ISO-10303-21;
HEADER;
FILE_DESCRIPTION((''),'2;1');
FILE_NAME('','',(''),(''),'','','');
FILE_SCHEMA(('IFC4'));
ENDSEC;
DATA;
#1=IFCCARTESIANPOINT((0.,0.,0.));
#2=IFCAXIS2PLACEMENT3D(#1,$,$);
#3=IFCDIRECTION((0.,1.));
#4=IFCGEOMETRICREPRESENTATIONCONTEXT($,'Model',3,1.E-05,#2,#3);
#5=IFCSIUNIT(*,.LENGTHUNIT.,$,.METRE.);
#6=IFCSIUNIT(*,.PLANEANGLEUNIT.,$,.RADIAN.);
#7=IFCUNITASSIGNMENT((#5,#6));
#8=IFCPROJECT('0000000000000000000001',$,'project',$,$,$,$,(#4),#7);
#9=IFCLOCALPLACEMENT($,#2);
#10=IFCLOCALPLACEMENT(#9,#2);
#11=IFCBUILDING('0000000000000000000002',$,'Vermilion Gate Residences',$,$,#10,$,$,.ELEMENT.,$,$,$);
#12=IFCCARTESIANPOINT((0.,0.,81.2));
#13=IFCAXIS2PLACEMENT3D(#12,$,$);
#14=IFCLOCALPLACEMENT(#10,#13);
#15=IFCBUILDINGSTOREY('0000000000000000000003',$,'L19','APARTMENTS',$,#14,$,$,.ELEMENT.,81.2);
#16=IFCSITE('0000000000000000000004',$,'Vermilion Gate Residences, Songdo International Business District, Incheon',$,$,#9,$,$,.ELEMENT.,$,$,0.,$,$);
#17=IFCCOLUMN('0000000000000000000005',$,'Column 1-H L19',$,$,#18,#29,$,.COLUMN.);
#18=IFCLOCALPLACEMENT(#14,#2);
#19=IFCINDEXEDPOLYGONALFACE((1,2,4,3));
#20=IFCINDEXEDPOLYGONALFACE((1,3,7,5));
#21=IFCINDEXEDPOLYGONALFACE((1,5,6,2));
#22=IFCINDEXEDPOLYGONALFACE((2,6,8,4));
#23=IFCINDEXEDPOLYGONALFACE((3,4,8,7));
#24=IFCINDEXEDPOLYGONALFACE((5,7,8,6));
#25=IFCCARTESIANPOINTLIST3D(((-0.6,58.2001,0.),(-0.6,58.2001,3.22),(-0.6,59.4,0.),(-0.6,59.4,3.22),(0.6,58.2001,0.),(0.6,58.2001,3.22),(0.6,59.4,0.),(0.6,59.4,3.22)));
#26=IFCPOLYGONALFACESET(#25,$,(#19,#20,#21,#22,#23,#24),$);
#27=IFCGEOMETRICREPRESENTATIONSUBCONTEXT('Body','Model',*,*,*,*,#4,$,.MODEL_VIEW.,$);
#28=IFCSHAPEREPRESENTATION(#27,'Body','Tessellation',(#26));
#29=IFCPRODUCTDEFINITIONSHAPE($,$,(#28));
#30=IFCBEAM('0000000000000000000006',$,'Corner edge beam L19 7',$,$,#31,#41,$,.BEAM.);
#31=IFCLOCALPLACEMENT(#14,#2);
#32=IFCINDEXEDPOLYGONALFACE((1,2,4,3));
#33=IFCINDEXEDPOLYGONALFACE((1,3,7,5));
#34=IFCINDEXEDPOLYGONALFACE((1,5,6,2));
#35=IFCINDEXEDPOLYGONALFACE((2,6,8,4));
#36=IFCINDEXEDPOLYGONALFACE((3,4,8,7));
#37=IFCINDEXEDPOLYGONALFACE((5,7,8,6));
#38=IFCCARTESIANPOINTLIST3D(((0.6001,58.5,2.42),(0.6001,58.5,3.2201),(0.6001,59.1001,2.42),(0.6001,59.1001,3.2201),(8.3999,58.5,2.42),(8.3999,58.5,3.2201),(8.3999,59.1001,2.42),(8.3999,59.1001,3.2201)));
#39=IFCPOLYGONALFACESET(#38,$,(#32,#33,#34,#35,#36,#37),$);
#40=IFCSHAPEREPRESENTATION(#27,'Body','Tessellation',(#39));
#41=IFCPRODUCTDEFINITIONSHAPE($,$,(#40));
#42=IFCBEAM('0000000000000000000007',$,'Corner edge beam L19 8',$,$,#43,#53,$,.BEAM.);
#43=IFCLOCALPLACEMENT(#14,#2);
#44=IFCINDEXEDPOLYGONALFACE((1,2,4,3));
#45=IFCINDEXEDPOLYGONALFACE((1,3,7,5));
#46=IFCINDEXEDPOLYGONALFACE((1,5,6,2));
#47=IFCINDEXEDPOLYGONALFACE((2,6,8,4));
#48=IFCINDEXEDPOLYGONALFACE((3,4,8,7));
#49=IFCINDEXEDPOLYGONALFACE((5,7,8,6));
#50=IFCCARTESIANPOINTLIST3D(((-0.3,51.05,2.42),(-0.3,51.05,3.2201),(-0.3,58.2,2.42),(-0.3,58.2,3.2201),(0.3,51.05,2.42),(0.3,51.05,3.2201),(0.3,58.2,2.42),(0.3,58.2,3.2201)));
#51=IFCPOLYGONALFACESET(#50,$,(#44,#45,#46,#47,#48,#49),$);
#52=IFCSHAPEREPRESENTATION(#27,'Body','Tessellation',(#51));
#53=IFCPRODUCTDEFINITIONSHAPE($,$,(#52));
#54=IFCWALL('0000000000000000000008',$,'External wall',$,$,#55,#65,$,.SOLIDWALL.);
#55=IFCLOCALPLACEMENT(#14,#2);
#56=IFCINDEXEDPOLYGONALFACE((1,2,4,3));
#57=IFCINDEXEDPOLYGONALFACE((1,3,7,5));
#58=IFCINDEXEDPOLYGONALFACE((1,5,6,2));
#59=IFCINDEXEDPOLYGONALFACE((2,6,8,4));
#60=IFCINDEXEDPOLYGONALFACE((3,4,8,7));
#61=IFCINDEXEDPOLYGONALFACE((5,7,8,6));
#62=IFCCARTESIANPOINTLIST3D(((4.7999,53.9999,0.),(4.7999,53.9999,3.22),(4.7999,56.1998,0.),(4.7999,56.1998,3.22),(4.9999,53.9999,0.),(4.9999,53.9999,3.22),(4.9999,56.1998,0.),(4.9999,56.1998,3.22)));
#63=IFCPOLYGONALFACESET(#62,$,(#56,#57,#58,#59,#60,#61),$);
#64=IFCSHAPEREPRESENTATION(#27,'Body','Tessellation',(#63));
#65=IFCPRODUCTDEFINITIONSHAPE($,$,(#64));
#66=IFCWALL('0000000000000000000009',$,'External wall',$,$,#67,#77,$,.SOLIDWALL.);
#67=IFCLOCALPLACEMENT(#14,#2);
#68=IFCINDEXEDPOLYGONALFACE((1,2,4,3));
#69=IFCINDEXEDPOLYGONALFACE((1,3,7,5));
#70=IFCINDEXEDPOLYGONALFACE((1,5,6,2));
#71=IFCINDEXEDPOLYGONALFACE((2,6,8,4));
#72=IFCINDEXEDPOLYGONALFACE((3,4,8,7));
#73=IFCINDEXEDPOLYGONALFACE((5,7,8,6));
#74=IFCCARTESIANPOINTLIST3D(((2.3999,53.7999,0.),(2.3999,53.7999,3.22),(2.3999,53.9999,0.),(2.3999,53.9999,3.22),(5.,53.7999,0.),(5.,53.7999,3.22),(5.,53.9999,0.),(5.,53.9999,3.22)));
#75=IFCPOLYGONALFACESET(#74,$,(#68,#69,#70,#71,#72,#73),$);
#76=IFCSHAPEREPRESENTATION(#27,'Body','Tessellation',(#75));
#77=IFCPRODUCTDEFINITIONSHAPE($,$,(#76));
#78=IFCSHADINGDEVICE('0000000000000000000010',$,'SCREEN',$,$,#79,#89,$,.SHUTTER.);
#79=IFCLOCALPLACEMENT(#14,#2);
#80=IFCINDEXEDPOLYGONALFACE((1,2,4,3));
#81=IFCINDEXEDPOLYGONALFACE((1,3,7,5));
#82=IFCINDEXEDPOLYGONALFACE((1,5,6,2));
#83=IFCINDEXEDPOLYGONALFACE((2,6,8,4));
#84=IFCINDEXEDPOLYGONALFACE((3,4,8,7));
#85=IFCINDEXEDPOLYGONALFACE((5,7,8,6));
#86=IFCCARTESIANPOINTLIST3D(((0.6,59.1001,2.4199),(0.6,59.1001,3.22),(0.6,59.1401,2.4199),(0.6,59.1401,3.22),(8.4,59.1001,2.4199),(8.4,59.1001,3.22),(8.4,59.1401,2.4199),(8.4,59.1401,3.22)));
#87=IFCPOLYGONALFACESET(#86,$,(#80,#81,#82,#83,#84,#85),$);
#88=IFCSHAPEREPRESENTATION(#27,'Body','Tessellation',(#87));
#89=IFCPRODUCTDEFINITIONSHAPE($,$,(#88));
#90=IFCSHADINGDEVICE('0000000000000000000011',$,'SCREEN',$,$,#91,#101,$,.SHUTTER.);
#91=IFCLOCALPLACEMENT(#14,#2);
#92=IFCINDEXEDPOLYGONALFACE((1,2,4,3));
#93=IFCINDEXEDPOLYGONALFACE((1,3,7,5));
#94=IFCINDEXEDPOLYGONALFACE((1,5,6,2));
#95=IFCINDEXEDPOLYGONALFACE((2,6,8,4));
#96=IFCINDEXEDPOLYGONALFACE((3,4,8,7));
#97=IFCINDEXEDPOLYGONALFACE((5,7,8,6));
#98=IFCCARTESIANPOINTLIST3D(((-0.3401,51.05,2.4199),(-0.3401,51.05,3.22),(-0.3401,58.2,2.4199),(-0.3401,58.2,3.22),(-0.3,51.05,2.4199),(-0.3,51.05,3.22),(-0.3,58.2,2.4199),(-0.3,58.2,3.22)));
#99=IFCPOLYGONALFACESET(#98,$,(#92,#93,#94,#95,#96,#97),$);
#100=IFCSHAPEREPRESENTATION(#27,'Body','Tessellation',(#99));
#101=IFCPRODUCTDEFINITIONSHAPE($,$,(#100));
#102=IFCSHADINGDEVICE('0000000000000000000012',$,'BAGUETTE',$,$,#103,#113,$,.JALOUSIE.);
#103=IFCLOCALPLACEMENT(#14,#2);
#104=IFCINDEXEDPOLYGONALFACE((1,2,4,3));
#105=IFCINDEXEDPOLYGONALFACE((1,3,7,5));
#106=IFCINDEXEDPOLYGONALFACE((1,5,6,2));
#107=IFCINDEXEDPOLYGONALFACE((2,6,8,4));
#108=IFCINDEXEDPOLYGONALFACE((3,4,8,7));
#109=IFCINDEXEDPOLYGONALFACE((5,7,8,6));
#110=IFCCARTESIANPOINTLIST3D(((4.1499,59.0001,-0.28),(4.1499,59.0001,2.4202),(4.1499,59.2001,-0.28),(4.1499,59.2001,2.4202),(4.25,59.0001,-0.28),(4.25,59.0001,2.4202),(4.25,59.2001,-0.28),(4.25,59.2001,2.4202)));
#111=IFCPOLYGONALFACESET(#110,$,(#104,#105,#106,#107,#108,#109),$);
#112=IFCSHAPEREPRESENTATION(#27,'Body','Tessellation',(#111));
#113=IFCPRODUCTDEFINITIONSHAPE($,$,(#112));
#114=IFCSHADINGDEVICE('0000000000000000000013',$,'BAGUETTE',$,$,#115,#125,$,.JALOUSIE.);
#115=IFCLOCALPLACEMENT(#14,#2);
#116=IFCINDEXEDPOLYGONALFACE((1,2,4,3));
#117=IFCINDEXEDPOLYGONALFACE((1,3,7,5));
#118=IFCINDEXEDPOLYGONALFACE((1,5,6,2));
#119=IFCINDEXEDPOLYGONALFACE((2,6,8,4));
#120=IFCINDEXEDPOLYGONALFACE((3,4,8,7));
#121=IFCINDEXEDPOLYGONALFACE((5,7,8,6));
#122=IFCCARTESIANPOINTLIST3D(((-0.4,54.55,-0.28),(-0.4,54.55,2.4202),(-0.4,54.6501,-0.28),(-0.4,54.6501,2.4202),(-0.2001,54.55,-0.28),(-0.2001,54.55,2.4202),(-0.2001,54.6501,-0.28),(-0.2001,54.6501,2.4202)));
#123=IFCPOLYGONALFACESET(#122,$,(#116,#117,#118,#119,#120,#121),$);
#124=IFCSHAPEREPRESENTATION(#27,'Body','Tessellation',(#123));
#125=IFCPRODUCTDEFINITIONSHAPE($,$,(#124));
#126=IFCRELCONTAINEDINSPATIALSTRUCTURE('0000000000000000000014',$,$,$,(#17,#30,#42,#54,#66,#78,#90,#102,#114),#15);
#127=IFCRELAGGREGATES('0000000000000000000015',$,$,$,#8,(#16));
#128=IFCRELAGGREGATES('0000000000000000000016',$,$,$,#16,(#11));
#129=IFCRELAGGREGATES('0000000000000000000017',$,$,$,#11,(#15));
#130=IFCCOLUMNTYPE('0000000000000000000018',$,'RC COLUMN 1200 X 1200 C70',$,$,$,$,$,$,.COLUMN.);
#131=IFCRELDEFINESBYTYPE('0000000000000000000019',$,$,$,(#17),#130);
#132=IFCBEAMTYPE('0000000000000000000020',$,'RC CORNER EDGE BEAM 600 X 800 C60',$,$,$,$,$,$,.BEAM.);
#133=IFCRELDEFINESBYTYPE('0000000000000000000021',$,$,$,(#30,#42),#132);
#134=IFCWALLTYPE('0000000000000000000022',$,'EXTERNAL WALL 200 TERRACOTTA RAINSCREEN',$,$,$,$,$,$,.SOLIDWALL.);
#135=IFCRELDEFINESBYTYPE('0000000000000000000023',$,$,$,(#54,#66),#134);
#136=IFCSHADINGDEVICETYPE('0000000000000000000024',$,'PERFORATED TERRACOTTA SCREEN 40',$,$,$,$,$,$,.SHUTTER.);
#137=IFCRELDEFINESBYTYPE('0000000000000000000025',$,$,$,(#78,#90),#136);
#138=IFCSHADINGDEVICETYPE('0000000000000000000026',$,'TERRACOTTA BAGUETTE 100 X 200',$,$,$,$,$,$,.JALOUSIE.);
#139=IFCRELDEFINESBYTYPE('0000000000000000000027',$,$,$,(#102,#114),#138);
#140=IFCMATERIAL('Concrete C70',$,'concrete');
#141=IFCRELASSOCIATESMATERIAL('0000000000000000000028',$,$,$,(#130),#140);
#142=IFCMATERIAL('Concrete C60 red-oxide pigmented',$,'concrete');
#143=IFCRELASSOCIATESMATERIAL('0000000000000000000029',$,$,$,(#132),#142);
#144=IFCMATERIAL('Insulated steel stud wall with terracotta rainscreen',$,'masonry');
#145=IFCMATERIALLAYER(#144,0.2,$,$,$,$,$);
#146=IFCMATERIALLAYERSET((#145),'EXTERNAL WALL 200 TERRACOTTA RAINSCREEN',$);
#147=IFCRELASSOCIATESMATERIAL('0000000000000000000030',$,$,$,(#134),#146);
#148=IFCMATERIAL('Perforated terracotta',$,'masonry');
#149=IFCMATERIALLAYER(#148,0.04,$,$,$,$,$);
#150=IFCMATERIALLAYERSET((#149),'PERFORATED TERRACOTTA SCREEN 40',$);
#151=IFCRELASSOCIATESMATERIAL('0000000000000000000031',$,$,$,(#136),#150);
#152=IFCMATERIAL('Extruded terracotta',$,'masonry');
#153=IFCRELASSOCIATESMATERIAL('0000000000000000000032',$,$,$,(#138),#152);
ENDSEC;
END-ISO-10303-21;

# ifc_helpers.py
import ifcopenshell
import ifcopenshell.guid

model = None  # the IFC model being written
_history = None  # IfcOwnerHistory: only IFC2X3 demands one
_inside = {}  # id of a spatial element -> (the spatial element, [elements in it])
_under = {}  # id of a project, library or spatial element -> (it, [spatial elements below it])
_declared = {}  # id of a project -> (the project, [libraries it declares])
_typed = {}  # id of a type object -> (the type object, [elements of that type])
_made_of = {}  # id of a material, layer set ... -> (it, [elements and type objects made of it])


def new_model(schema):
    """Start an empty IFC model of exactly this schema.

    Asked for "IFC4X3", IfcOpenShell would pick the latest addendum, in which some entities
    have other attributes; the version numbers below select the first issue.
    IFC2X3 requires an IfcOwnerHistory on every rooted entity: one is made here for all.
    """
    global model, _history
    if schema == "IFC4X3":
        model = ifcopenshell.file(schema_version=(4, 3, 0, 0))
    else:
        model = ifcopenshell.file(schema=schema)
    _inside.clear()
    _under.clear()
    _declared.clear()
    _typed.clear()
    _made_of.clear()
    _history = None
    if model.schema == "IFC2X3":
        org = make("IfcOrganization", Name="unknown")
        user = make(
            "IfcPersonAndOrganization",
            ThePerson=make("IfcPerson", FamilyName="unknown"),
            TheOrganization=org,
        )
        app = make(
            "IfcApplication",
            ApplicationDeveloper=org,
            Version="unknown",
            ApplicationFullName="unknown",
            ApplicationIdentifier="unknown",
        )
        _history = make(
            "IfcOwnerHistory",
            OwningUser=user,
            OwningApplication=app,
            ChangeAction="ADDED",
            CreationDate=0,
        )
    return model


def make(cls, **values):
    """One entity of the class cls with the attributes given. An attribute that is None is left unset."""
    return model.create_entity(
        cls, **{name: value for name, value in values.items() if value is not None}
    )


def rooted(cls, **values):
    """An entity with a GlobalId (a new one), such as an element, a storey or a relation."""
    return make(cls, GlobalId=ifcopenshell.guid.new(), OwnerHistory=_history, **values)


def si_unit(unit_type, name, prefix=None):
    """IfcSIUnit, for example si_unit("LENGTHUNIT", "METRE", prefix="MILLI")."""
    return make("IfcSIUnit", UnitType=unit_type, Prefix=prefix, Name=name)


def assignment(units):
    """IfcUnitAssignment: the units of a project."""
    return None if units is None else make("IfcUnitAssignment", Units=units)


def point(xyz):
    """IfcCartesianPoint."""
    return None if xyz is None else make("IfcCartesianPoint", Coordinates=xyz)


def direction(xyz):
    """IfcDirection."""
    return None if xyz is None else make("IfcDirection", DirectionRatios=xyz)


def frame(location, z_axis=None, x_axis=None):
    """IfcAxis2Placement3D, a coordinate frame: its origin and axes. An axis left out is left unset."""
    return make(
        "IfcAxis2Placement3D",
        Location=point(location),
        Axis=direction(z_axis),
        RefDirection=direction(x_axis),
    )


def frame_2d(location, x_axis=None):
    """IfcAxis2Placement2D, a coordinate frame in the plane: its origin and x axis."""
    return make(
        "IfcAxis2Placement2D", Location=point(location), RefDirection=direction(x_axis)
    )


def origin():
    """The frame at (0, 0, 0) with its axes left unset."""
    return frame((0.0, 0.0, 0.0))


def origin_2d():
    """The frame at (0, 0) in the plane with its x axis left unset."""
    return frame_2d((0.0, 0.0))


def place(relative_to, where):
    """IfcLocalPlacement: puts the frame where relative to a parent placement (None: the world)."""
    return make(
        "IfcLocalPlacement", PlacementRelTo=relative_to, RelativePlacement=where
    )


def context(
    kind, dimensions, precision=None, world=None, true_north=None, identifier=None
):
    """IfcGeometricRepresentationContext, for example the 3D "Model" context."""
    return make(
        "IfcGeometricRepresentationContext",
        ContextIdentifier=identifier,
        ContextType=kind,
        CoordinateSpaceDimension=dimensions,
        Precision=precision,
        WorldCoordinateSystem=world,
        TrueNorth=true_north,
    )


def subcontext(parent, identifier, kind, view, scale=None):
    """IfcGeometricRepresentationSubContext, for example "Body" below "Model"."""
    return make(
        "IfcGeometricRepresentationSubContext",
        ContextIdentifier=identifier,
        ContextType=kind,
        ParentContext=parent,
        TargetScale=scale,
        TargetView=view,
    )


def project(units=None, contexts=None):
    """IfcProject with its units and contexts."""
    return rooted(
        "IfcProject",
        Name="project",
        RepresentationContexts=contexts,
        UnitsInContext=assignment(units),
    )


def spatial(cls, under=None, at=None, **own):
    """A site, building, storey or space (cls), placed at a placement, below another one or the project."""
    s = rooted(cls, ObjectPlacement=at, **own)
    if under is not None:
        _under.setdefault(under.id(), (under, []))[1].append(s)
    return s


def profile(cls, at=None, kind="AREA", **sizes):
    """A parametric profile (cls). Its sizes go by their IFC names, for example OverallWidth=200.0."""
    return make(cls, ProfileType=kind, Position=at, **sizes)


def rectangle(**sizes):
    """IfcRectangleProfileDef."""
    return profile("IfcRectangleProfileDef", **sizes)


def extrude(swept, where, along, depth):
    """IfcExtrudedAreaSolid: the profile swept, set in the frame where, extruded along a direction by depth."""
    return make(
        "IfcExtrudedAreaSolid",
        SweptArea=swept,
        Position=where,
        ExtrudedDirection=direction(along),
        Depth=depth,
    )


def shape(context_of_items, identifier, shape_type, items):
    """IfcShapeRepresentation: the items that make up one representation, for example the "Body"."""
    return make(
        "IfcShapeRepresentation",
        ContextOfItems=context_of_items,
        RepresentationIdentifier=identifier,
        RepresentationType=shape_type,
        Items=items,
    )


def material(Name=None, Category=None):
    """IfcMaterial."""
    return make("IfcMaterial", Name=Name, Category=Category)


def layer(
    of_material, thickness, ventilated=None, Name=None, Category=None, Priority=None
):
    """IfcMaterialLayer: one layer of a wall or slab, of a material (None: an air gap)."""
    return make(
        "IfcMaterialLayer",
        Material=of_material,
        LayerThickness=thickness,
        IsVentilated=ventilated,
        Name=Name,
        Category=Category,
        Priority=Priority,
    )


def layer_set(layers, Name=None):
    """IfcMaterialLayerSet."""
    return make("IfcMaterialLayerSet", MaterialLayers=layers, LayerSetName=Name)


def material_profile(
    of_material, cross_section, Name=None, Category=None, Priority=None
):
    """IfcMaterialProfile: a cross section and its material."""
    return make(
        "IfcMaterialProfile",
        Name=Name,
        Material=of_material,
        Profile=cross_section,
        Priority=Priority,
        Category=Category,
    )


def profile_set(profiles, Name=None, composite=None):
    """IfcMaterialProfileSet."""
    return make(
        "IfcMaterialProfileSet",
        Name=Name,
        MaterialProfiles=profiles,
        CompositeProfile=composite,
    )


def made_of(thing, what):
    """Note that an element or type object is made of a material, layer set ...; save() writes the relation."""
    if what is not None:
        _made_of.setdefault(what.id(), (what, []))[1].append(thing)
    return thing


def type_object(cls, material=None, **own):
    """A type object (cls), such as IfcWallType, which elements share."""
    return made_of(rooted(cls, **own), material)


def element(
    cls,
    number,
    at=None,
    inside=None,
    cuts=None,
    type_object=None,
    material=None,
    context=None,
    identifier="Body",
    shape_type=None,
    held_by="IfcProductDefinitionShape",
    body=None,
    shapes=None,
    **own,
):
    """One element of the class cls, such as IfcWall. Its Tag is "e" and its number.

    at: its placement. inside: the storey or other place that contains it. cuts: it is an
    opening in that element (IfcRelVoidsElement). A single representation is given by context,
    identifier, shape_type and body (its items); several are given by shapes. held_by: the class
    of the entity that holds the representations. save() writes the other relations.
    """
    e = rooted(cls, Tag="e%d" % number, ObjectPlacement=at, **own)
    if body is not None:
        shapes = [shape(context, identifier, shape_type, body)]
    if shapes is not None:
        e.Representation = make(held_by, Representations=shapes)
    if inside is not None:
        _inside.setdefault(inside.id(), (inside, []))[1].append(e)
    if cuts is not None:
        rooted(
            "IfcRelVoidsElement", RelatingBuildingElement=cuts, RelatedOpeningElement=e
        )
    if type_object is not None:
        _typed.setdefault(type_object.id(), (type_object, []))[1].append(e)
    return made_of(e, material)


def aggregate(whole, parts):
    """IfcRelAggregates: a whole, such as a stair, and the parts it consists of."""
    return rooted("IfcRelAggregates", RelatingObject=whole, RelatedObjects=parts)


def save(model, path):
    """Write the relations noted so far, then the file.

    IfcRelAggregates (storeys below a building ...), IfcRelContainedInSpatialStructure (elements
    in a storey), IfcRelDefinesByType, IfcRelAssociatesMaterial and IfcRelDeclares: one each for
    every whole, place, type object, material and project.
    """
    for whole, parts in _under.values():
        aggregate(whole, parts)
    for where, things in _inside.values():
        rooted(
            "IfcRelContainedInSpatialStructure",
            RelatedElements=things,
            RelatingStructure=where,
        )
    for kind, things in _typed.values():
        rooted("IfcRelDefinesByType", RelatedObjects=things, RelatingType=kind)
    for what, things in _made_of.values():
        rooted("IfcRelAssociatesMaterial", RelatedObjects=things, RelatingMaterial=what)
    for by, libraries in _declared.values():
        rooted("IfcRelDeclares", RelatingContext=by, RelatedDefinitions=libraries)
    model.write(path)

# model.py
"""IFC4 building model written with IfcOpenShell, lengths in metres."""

from ifc_helpers import new_model, si_unit, direction, frame, frame_2d, origin, origin_2d, place, context, subcontext, project, spatial, rectangle, extrude, material, layer, layer_set, material_profile, profile_set, type_object, element, save


model = new_model("IFC4")

# Units and contexts
model_context = context("Model", 3, precision=1e-05, world=origin(), true_north=direction((0.0, 1.0)))
body_context = subcontext(model_context, "Body", "Model", "MODEL_VIEW")
ifc_project = project(units=[si_unit("LENGTHUNIT", "METRE"), si_unit("PLANEANGLEUNIT", "RADIAN")], contexts=[model_context])

# Site, building, storey
site_placement = place(None, origin())
site = spatial("IfcSite", under=ifc_project, at=site_placement, Name="Vermilion Gate Residences, Songdo International Business District, Incheon", CompositionType="ELEMENT", RefElevation=0.0)
building_placement = place(site_placement, origin())
building = spatial("IfcBuilding", under=site, at=building_placement, Name="Vermilion Gate Residences", CompositionType="ELEMENT")
storey_placement = place(building_placement, frame((0.0, 0.0, 81.2)))
storey = spatial("IfcBuildingStorey", under=building, at=storey_placement, Name="L19", Description="APARTMENTS", CompositionType="ELEMENT", Elevation=81.2)

# Column
ifc_material_1 = material(Name="Concrete C70", Category="concrete")
ifc_material_profile_1 = material_profile(ifc_material_1, rectangle(XDim=1.2, YDim=1.2, at=origin_2d()), Name="RC-1200x1200")
ifc_profile_set_1 = profile_set([ifc_material_profile_1], Name="Concrete C70")
column_type = type_object("IfcColumnType", Name="RC COLUMN 1200 X 1200 C70", PredefinedType="COLUMN", material=ifc_profile_set_1)
column_placement = place(storey_placement, frame((0.0, 58.8, 0.0), z_axis=(0.0, 0.0, 1.0), x_axis=(1.0, 0.0, 0.0)))
element("IfcColumn", 1, at=column_placement, inside=storey, type_object=column_type, Name="Column 1-H L19", PredefinedType="COLUMN", context=body_context, shape_type="SweptSolid", body=[
    extrude(rectangle(XDim=1.2, YDim=1.2, at=origin_2d()), origin(), (0.0, 0.0, 1.0), 3.22),
])

# Beams
ifc_material_2 = material(Name="Concrete C60 red-oxide pigmented", Category="concrete")
ifc_material_profile_2 = material_profile(ifc_material_2, rectangle(XDim=0.6001, YDim=0.8, at=origin_2d()), Name="RC-600x800")
ifc_profile_set_2 = profile_set([ifc_material_profile_2], Name="Concrete C60 red-oxide pigmented")
beam_type = type_object("IfcBeamType", Name="RC CORNER EDGE BEAM 600 X 800 C60", PredefinedType="BEAM", material=ifc_profile_set_2)
beam_1_placement = place(storey_placement, frame((0.6001, 58.8, 2.8201), z_axis=(1.0, 0.0, 0.0), x_axis=(0.0, 1.0, 0.0)))
element("IfcBeam", 2, at=beam_1_placement, inside=storey, type_object=beam_type, Name="Corner edge beam L19 7", PredefinedType="BEAM", context=body_context, shape_type="SweptSolid", body=[
    extrude(rectangle(XDim=0.6001, YDim=0.8, at=origin_2d()), origin(), (0.0, 0.0, 1.0), 7.7998),
])
beam_2_placement = place(storey_placement, frame((0.0, 51.05, 2.8201), z_axis=(0.0, 1.0, 0.0), x_axis=(-1.0, 0.0, 0.0)))
element("IfcBeam", 3, at=beam_2_placement, inside=storey, type_object=beam_type, Name="Corner edge beam L19 8", PredefinedType="BEAM", context=body_context, shape_type="SweptSolid", body=[
    extrude(rectangle(XDim=0.6001, YDim=0.8, at=origin_2d()), origin(), (0.0, 0.0, 1.0), 7.1499),
])

# Walls
ifc_material_3 = material(Name="Insulated steel stud wall with terracotta rainscreen", Category="masonry")
ifc_layer_1 = layer(ifc_material_3, 0.2)
ifc_layer_set_1 = layer_set([ifc_layer_1], Name="EXTERNAL WALL 200 TERRACOTTA RAINSCREEN")
wall_type = type_object("IfcWallType", Name="EXTERNAL WALL 200 TERRACOTTA RAINSCREEN", PredefinedType="SOLIDWALL", material=ifc_layer_set_1)
wall_1_placement = place(storey_placement, frame((4.8999, 56.2, 0.0), z_axis=(0.0, 0.0, 1.0), x_axis=(0.0, -1.0, 0.0)))
element("IfcWall", 4, at=wall_1_placement, inside=storey, type_object=wall_type, Name="External wall", PredefinedType="SOLIDWALL", context=body_context, shape_type="SweptSolid", body=[
    extrude(rectangle(XDim=2.2, YDim=0.2, at=frame_2d((1.1001, 0.0))), origin(), (0.0, 0.0, 1.0), 3.22),
])
wall_2_placement = place(storey_placement, frame((5.0, 53.8999, 0.0), z_axis=(0.0, 0.0, 1.0), x_axis=(-1.0, 0.0, 0.0)))
element("IfcWall", 5, at=wall_2_placement, inside=storey, type_object=wall_type, Name="External wall", PredefinedType="SOLIDWALL", context=body_context, shape_type="SweptSolid", body=[
    extrude(rectangle(XDim=2.6001, YDim=0.2, at=frame_2d((1.3, 0.0))), origin(), (0.0, 0.0, 1.0), 3.22),
])

# Shading devices
ifc_material_4 = material(Name="Perforated terracotta", Category="masonry")
ifc_layer_2 = layer(ifc_material_4, 0.04)
ifc_layer_set_2 = layer_set([ifc_layer_2], Name="PERFORATED TERRACOTTA SCREEN 40")
shading_device_type_1 = type_object("IfcShadingDeviceType", Name="PERFORATED TERRACOTTA SCREEN 40", PredefinedType="SHUTTER", material=ifc_layer_set_2)
shading_device_1_placement = place(storey_placement, frame((4.5, 59.1201, 2.4199), z_axis=(0.0, 0.0, 1.0), x_axis=(-1.0, 0.0, 0.0)))
element("IfcShadingDevice", 6, at=shading_device_1_placement, inside=storey, type_object=shading_device_type_1, Name="SCREEN", PredefinedType="SHUTTER", context=body_context, shape_type="SweptSolid", body=[
    extrude(rectangle(XDim=7.8, YDim=0.04, at=origin_2d()), origin(), (0.0, 0.0, 1.0), 0.8),
])
shading_device_2_placement = place(storey_placement, frame((-0.3201, 54.625, 2.4199), z_axis=(0.0, 0.0, 1.0), x_axis=(0.0, -1.0, 0.0)))
element("IfcShadingDevice", 7, at=shading_device_2_placement, inside=storey, type_object=shading_device_type_1, Name="SCREEN", PredefinedType="SHUTTER", context=body_context, shape_type="SweptSolid", body=[
    extrude(rectangle(XDim=7.1499, YDim=0.04, at=origin_2d()), origin(), (0.0, 0.0, 1.0), 0.8),
])
ifc_material_5 = material(Name="Extruded terracotta", Category="masonry")
ifc_material_profile_3 = material_profile(ifc_material_5, rectangle(XDim=0.2, YDim=0.1001, at=origin_2d()), Name="BAGUETTE 100 X 200")
ifc_profile_set_3 = profile_set([ifc_material_profile_3], Name="Extruded terracotta")
shading_device_type_2 = type_object("IfcShadingDeviceType", Name="TERRACOTTA BAGUETTE 100 X 200", PredefinedType="JALOUSIE", material=ifc_profile_set_3)
for number, where, z_axis, x_axis, name in (
    (8, (4.2, 59.1001, -0.28), (0.0, 0.0, 1.0), (0.0, -1.0, 0.0), "BAGUETTE"),
    (9, (-0.3, 54.6001, -0.28), (0.0, 0.0, 1.0), (1.0, 0.0, 0.0), "BAGUETTE"),
):
    element("IfcShadingDevice", number, at=place(storey_placement, frame(where, z_axis=z_axis, x_axis=x_axis)), inside=storey, type_object=shading_device_type_2, Name=name, PredefinedType="JALOUSIE", context=body_context, shape_type="SweptSolid", body=[
        extrude(rectangle(XDim=0.2, YDim=0.1001, at=origin_2d()), origin(), (0.0, 0.0, 1.0), 2.7002),
    ])

save(model, "model.ifc")
